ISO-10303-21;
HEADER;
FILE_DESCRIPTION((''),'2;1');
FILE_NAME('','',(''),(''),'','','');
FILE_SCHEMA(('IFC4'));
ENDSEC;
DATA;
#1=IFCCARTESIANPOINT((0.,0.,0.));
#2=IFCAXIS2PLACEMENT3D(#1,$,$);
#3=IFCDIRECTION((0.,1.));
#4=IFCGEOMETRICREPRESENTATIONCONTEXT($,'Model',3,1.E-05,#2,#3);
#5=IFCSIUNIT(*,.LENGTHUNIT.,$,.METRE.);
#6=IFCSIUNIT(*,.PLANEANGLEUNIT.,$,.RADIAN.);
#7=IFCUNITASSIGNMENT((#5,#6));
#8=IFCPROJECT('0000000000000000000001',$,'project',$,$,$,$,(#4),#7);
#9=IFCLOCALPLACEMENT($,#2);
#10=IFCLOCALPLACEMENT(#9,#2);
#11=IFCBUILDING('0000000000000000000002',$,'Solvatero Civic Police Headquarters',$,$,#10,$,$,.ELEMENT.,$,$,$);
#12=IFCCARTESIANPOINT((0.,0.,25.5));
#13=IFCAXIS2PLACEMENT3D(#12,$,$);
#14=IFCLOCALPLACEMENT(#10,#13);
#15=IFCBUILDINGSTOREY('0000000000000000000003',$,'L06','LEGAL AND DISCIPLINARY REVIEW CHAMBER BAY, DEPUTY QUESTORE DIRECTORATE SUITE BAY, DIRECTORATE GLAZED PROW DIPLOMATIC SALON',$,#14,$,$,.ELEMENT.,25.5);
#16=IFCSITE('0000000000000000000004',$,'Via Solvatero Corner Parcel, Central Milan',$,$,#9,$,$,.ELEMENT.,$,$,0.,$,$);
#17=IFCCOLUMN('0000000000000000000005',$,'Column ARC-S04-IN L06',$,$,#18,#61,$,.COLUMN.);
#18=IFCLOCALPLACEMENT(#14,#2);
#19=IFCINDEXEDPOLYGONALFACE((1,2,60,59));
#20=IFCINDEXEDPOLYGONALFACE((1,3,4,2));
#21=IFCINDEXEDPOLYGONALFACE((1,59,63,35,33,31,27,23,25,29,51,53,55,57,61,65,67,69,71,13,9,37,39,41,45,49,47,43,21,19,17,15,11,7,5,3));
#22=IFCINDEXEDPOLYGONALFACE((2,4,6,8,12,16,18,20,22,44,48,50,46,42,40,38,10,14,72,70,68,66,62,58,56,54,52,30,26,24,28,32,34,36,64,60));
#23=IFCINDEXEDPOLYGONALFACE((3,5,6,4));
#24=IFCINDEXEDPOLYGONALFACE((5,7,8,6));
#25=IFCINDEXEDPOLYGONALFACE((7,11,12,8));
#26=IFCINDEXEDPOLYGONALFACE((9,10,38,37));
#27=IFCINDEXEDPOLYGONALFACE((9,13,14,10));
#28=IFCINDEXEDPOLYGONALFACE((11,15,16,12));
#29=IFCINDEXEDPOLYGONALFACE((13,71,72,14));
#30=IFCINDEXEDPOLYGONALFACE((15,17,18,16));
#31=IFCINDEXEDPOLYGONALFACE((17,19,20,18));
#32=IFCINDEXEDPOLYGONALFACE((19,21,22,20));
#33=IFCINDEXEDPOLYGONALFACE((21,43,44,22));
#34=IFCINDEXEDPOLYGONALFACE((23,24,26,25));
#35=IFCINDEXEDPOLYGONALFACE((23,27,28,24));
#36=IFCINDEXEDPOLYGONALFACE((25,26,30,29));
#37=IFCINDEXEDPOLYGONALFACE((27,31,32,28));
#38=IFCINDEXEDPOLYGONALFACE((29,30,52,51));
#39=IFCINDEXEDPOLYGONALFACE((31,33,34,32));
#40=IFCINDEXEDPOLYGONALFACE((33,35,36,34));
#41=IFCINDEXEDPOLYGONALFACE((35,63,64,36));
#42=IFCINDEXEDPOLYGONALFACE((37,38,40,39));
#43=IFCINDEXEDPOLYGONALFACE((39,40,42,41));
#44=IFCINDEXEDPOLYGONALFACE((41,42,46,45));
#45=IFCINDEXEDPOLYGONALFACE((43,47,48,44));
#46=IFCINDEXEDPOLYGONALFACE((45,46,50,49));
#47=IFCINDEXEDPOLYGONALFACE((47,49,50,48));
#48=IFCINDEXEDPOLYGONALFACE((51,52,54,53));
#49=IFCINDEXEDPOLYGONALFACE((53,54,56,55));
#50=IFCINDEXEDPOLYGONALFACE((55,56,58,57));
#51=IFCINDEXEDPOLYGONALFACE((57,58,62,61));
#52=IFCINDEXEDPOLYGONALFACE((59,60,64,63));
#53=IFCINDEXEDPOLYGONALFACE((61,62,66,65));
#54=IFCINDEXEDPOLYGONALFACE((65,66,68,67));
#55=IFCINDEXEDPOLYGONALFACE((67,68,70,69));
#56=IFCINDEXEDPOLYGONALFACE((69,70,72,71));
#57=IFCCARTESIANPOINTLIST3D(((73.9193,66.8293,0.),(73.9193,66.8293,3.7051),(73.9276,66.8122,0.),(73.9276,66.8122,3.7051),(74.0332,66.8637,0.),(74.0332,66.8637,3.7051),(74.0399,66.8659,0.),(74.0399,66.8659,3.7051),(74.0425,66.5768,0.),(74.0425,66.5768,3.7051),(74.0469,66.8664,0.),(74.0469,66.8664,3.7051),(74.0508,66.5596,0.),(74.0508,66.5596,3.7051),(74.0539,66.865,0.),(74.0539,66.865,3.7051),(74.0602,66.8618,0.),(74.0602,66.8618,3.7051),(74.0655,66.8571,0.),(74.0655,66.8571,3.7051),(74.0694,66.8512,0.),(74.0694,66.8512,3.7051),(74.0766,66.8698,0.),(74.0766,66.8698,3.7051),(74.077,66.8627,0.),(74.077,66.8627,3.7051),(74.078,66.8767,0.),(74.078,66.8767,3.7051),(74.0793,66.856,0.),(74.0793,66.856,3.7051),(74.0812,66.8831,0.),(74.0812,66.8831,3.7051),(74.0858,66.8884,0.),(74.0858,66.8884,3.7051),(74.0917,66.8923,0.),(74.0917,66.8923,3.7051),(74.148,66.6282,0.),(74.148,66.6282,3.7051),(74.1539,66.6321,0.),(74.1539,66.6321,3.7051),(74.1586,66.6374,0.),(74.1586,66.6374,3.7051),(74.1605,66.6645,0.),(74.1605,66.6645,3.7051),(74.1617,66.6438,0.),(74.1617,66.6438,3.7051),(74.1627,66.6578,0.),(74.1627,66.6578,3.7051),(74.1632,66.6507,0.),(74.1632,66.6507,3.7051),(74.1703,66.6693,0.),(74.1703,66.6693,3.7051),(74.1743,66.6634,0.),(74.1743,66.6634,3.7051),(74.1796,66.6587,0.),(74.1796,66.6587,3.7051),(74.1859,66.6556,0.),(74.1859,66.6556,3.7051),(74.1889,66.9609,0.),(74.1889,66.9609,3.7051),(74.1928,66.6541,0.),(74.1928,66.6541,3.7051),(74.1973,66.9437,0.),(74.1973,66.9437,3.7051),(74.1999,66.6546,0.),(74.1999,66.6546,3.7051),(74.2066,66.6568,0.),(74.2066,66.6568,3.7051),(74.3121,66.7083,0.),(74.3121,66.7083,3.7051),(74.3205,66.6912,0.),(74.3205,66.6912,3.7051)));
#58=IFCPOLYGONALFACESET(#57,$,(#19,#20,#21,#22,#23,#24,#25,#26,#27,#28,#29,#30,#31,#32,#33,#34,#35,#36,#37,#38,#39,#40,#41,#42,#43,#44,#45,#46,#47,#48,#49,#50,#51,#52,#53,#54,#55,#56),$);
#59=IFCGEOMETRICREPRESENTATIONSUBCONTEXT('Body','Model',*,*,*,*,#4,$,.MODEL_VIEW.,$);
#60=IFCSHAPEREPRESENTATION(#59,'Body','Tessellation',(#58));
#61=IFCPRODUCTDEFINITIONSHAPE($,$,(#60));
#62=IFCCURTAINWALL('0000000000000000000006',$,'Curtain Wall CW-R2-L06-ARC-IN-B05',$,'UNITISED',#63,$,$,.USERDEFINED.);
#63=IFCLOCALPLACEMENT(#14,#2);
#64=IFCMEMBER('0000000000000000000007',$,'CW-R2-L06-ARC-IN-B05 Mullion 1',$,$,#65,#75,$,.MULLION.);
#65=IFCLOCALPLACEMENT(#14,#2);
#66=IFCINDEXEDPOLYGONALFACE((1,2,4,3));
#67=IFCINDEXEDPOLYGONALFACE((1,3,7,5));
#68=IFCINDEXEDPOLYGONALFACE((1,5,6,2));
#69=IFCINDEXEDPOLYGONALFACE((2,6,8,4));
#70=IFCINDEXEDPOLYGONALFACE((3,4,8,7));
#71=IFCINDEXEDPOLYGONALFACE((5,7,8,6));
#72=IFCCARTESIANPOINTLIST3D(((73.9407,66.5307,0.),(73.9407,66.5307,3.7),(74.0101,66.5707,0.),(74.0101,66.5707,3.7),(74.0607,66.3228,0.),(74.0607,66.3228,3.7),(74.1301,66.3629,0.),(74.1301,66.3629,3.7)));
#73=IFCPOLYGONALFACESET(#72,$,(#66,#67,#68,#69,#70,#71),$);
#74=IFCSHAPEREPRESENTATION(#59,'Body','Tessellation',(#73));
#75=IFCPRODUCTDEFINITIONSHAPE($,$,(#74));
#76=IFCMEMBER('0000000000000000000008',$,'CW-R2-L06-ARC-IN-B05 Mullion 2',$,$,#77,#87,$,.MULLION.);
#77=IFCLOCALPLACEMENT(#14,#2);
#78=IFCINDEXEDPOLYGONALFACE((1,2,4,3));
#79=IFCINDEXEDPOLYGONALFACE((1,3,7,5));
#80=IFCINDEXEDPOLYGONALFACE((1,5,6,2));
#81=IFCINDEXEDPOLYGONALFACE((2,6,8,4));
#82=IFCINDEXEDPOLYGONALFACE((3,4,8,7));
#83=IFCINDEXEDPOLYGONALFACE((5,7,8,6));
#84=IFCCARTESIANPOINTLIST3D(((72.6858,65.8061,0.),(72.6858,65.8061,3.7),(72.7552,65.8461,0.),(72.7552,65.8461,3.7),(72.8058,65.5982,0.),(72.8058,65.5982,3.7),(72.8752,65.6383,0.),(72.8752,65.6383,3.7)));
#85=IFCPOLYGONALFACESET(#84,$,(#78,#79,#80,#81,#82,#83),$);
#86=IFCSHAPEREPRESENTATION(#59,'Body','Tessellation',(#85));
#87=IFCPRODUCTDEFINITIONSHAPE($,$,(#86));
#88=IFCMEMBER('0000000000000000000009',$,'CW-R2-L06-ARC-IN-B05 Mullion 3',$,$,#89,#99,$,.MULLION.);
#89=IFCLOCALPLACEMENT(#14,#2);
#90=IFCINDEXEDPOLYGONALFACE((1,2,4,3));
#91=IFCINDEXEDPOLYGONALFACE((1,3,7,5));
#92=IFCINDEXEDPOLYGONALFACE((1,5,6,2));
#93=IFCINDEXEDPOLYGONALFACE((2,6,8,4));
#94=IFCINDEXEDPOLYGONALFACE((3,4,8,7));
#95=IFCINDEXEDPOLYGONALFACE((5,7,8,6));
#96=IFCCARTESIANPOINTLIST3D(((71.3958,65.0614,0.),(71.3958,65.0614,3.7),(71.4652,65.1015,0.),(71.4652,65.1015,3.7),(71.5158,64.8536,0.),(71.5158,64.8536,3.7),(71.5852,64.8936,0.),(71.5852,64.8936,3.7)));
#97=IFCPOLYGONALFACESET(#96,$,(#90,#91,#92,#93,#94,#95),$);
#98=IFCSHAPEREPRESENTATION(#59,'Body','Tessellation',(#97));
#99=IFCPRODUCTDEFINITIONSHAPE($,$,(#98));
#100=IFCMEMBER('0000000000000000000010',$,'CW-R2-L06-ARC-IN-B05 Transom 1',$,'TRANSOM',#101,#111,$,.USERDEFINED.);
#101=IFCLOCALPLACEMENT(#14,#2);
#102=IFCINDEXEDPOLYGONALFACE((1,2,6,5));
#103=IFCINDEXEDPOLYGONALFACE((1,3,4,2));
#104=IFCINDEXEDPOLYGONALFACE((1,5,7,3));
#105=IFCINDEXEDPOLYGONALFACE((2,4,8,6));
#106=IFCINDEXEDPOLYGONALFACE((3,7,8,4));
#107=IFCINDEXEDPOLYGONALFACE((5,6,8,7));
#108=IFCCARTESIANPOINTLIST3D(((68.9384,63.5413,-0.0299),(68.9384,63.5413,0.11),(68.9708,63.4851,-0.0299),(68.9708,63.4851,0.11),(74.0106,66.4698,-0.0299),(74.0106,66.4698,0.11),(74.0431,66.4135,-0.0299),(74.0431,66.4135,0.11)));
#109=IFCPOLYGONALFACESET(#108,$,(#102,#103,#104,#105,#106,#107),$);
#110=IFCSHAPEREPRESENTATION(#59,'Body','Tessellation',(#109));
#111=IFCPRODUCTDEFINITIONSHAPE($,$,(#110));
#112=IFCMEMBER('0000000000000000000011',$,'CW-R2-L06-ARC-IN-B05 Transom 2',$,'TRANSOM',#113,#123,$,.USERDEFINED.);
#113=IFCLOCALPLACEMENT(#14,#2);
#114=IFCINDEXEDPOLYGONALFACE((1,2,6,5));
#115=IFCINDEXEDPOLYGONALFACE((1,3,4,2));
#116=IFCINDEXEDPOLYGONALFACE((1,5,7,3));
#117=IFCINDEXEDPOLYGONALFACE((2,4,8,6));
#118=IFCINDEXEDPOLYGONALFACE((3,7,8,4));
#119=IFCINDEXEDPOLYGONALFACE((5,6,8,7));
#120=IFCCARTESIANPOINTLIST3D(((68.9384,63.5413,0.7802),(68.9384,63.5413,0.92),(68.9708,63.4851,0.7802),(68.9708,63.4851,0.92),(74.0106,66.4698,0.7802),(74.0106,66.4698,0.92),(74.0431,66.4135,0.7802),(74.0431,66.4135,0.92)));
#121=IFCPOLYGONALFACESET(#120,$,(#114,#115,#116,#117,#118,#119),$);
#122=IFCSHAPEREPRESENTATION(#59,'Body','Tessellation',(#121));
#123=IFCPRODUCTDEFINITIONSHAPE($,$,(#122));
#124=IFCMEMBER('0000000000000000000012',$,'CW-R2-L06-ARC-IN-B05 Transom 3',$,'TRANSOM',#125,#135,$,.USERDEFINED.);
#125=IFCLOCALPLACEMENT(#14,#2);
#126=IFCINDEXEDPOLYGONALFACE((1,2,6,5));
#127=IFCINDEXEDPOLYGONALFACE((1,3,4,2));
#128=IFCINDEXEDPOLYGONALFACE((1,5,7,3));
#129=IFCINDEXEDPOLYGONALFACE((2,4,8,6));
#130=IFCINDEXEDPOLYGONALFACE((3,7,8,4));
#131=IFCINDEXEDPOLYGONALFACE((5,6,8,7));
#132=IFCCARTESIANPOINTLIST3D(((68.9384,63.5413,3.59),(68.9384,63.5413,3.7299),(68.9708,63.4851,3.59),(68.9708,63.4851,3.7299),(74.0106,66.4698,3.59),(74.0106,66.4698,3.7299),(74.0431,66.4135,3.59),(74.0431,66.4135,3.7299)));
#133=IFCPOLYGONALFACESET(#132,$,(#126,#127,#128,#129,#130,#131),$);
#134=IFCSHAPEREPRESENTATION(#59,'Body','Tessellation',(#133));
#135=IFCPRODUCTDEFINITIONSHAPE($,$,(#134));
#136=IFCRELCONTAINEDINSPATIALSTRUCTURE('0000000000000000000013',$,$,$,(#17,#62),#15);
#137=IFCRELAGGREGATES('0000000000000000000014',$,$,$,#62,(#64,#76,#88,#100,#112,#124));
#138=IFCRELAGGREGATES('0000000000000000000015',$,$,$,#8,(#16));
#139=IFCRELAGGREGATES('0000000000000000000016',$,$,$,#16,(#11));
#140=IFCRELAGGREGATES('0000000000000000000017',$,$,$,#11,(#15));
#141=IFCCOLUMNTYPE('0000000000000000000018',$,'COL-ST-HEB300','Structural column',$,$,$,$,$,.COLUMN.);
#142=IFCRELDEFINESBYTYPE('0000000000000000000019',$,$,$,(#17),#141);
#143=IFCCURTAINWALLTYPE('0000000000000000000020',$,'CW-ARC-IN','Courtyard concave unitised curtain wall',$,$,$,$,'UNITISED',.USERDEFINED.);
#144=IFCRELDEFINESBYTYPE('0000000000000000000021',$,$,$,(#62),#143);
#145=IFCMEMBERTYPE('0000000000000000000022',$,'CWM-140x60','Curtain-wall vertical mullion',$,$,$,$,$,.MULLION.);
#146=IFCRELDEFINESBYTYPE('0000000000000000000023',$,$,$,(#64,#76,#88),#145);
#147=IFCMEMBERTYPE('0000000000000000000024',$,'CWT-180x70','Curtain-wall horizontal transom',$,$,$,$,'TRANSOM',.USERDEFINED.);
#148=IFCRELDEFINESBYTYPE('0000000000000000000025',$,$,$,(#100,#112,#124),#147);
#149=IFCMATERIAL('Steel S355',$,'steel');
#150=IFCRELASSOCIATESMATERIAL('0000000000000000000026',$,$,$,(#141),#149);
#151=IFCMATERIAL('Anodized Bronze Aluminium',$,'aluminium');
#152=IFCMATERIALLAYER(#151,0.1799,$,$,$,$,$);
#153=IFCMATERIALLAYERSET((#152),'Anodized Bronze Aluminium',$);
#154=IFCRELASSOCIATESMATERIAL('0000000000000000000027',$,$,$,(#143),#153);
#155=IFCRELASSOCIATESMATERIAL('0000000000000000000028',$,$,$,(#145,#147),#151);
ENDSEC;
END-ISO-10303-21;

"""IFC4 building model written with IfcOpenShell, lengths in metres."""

from ifc_helpers import new_model, si_unit, direction, frame, origin, origin_2d, place, context, subcontext, project, spatial, rectangle, i_section, extrude, material, layer, layer_set, material_profile, profile_set, type_object, element, aggregate, save


model = new_model("IFC4")

# Units and contexts
model_context = context("Model", 3, precision=1e-05, world=origin(), true_north=direction((0.0, 1.0)))
body_context = subcontext(model_context, "Body", "Model", "MODEL_VIEW")
ifc_project = project(units=[si_unit("LENGTHUNIT", "METRE"), si_unit("PLANEANGLEUNIT", "RADIAN")], contexts=[model_context])

# Site, building, storey
site_placement = place(None, origin())
site = spatial("IfcSite", under=ifc_project, at=site_placement, Name="Via Solvatero Corner Parcel, Central Milan", CompositionType="ELEMENT", RefElevation=0.0)
building_placement = place(site_placement, origin())
building = spatial("IfcBuilding", under=site, at=building_placement, Name="Solvatero Civic Police Headquarters", CompositionType="ELEMENT")
storey_placement = place(building_placement, frame((0.0, 0.0, 25.5)))
storey = spatial("IfcBuildingStorey", under=building, at=storey_placement, Name="L06", Description="LEGAL AND DISCIPLINARY REVIEW CHAMBER BAY, DEPUTY QUESTORE DIRECTORATE SUITE BAY, DIRECTORATE GLAZED PROW DIPLOMATIC SALON", CompositionType="ELEMENT", Elevation=25.5)

# Column
ifc_material_1 = material(Name="Steel S355", Category="steel")
ifc_material_profile_1 = material_profile(ifc_material_1, i_section(OverallWidth=0.3, OverallDepth=0.3, WebThickness=0.011, FlangeThickness=0.019, FilletRadius=0.0271, at=origin_2d()), Name="HEB 300")
ifc_profile_set_1 = profile_set([ifc_material_profile_1], Name="Steel S355")
column_type = type_object("IfcColumnType", Name="COL-ST-HEB300", Description="Structural column", PredefinedType="COLUMN", material=ifc_profile_set_1)
column_placement = place(storey_placement, frame((74.1199, 66.7603, 0.0), z_axis=(0.0, 0.0, 1.0), x_axis=(0.898794, 0.438371, 0.0)))
element("IfcColumn", 1, at=column_placement, inside=storey, type_object=column_type, Name="Column ARC-S04-IN L06", PredefinedType="COLUMN", context=body_context, shape_type="SweptSolid", body=[
    extrude(i_section(OverallWidth=0.3, OverallDepth=0.3, WebThickness=0.011, FlangeThickness=0.019, FilletRadius=0.0271, at=origin_2d()), origin(), (0.0, 0.0, 1.0), 3.7051),
])

# Curtain wall, members
ifc_material_2 = material(Name="Anodized Bronze Aluminium", Category="aluminium")
ifc_layer_1 = layer(ifc_material_2, 0.1799)
ifc_layer_set_1 = layer_set([ifc_layer_1], Name="Anodized Bronze Aluminium")
curtain_wall_type = type_object("IfcCurtainWallType", Name="CW-ARC-IN", Description="Courtyard concave unitised curtain wall", ElementType="UNITISED", PredefinedType="USERDEFINED", material=ifc_layer_set_1)
curtain_wall_placement = place(storey_placement, origin())
curtain_wall = element("IfcCurtainWall", 2, at=curtain_wall_placement, inside=storey, type_object=curtain_wall_type, Name="Curtain Wall CW-R2-L06-ARC-IN-B05", ObjectType="UNITISED", PredefinedType="USERDEFINED")
ifc_material_profile_2 = material_profile(ifc_material_2, rectangle(XDim=0.0801, YDim=0.24, at=origin_2d()), Name="ALU MULLION 80x240")
ifc_profile_set_2 = profile_set([ifc_material_profile_2], Name="Anodized Bronze Aluminium")
member_type_1 = type_object("IfcMemberType", Name="CWM-140x60", Description="Curtain-wall vertical mullion", PredefinedType="MULLION", material=ifc_profile_set_2)
member_1_placement = place(storey_placement, frame((74.0354, 66.4468, 0.0), z_axis=(0.0, 0.0, 1.0), x_axis=(-0.866025, -0.5, 0.0)))
member_1 = element("IfcMember", 3, at=member_1_placement, type_object=member_type_1, Name="CW-R2-L06-ARC-IN-B05 Mullion 1", PredefinedType="MULLION", context=body_context, shape_type="SweptSolid", body=[
    extrude(rectangle(XDim=0.0801, YDim=0.24, at=origin_2d()), origin(), (0.0, 0.0, 1.0), 3.7),
])
member_2_placement = place(storey_placement, frame((72.7805, 65.7222, 0.0), z_axis=(0.0, 0.0, 1.0), x_axis=(-0.866025, -0.5, 0.0)))
member_2 = element("IfcMember", 4, at=member_2_placement, type_object=member_type_1, Name="CW-R2-L06-ARC-IN-B05 Mullion 2", PredefinedType="MULLION", context=body_context, shape_type="SweptSolid", body=[
    extrude(rectangle(XDim=0.0801, YDim=0.24, at=origin_2d()), origin(), (0.0, 0.0, 1.0), 3.7),
])
member_3_placement = place(storey_placement, frame((71.4905, 64.9775, 0.0), z_axis=(0.0, 0.0, 1.0), x_axis=(-0.866025, -0.5, 0.0)))
member_3 = element("IfcMember", 5, at=member_3_placement, type_object=member_type_1, Name="CW-R2-L06-ARC-IN-B05 Mullion 3", PredefinedType="MULLION", context=body_context, shape_type="SweptSolid", body=[
    extrude(rectangle(XDim=0.0801, YDim=0.24, at=origin_2d()), origin(), (0.0, 0.0, 1.0), 3.7),
])
ifc_material_profile_3 = material_profile(ifc_material_2, rectangle(XDim=0.0649, YDim=0.1399, at=origin_2d()), Name="ALU TRANSOM 65x140")
ifc_profile_set_3 = profile_set([ifc_material_profile_3], Name="Anodized Bronze Aluminium")
member_type_2 = type_object("IfcMemberType", Name="CWT-180x70", Description="Curtain-wall horizontal transom", ElementType="TRANSOM", PredefinedType="USERDEFINED", material=ifc_profile_set_3)
member_4_placement = place(storey_placement, frame((74.0269, 66.4417, 0.04), z_axis=(-0.866026, -0.499999, 0.0), x_axis=(0.499999, -0.866026, 0.0)))
member_4 = element("IfcMember", 6, at=member_4_placement, type_object=member_type_2, Name="CW-R2-L06-ARC-IN-B05 Transom 1", ObjectType="TRANSOM", PredefinedType="USERDEFINED", context=body_context, shape_type="SweptSolid", body=[
    extrude(rectangle(XDim=0.0649, YDim=0.1399, at=origin_2d()), origin(), (0.0, 0.0, 1.0), 5.8569),
])
member_5_placement = place(storey_placement, frame((74.0269, 66.4417, 0.8501), z_axis=(-0.866026, -0.499999, 0.0), x_axis=(0.499999, -0.866026, 0.0)))
member_5 = element("IfcMember", 7, at=member_5_placement, type_object=member_type_2, Name="CW-R2-L06-ARC-IN-B05 Transom 2", ObjectType="TRANSOM", PredefinedType="USERDEFINED", context=body_context, shape_type="SweptSolid", body=[
    extrude(rectangle(XDim=0.0649, YDim=0.1399, at=origin_2d()), origin(), (0.0, 0.0, 1.0), 5.8569),
])
member_6_placement = place(storey_placement, frame((74.0269, 66.4417, 3.6599), z_axis=(-0.866026, -0.499999, 0.0), x_axis=(0.499999, -0.866026, 0.0)))
member_6 = element("IfcMember", 8, at=member_6_placement, type_object=member_type_2, Name="CW-R2-L06-ARC-IN-B05 Transom 3", ObjectType="TRANSOM", PredefinedType="USERDEFINED", context=body_context, shape_type="SweptSolid", body=[
    extrude(rectangle(XDim=0.0649, YDim=0.1399, at=origin_2d()), origin(), (0.0, 0.0, 1.0), 5.8569),
])

aggregate(curtain_wall, [member_1, member_2, member_3, member_4, member_5, member_6])

save(model, "model.ifc")
